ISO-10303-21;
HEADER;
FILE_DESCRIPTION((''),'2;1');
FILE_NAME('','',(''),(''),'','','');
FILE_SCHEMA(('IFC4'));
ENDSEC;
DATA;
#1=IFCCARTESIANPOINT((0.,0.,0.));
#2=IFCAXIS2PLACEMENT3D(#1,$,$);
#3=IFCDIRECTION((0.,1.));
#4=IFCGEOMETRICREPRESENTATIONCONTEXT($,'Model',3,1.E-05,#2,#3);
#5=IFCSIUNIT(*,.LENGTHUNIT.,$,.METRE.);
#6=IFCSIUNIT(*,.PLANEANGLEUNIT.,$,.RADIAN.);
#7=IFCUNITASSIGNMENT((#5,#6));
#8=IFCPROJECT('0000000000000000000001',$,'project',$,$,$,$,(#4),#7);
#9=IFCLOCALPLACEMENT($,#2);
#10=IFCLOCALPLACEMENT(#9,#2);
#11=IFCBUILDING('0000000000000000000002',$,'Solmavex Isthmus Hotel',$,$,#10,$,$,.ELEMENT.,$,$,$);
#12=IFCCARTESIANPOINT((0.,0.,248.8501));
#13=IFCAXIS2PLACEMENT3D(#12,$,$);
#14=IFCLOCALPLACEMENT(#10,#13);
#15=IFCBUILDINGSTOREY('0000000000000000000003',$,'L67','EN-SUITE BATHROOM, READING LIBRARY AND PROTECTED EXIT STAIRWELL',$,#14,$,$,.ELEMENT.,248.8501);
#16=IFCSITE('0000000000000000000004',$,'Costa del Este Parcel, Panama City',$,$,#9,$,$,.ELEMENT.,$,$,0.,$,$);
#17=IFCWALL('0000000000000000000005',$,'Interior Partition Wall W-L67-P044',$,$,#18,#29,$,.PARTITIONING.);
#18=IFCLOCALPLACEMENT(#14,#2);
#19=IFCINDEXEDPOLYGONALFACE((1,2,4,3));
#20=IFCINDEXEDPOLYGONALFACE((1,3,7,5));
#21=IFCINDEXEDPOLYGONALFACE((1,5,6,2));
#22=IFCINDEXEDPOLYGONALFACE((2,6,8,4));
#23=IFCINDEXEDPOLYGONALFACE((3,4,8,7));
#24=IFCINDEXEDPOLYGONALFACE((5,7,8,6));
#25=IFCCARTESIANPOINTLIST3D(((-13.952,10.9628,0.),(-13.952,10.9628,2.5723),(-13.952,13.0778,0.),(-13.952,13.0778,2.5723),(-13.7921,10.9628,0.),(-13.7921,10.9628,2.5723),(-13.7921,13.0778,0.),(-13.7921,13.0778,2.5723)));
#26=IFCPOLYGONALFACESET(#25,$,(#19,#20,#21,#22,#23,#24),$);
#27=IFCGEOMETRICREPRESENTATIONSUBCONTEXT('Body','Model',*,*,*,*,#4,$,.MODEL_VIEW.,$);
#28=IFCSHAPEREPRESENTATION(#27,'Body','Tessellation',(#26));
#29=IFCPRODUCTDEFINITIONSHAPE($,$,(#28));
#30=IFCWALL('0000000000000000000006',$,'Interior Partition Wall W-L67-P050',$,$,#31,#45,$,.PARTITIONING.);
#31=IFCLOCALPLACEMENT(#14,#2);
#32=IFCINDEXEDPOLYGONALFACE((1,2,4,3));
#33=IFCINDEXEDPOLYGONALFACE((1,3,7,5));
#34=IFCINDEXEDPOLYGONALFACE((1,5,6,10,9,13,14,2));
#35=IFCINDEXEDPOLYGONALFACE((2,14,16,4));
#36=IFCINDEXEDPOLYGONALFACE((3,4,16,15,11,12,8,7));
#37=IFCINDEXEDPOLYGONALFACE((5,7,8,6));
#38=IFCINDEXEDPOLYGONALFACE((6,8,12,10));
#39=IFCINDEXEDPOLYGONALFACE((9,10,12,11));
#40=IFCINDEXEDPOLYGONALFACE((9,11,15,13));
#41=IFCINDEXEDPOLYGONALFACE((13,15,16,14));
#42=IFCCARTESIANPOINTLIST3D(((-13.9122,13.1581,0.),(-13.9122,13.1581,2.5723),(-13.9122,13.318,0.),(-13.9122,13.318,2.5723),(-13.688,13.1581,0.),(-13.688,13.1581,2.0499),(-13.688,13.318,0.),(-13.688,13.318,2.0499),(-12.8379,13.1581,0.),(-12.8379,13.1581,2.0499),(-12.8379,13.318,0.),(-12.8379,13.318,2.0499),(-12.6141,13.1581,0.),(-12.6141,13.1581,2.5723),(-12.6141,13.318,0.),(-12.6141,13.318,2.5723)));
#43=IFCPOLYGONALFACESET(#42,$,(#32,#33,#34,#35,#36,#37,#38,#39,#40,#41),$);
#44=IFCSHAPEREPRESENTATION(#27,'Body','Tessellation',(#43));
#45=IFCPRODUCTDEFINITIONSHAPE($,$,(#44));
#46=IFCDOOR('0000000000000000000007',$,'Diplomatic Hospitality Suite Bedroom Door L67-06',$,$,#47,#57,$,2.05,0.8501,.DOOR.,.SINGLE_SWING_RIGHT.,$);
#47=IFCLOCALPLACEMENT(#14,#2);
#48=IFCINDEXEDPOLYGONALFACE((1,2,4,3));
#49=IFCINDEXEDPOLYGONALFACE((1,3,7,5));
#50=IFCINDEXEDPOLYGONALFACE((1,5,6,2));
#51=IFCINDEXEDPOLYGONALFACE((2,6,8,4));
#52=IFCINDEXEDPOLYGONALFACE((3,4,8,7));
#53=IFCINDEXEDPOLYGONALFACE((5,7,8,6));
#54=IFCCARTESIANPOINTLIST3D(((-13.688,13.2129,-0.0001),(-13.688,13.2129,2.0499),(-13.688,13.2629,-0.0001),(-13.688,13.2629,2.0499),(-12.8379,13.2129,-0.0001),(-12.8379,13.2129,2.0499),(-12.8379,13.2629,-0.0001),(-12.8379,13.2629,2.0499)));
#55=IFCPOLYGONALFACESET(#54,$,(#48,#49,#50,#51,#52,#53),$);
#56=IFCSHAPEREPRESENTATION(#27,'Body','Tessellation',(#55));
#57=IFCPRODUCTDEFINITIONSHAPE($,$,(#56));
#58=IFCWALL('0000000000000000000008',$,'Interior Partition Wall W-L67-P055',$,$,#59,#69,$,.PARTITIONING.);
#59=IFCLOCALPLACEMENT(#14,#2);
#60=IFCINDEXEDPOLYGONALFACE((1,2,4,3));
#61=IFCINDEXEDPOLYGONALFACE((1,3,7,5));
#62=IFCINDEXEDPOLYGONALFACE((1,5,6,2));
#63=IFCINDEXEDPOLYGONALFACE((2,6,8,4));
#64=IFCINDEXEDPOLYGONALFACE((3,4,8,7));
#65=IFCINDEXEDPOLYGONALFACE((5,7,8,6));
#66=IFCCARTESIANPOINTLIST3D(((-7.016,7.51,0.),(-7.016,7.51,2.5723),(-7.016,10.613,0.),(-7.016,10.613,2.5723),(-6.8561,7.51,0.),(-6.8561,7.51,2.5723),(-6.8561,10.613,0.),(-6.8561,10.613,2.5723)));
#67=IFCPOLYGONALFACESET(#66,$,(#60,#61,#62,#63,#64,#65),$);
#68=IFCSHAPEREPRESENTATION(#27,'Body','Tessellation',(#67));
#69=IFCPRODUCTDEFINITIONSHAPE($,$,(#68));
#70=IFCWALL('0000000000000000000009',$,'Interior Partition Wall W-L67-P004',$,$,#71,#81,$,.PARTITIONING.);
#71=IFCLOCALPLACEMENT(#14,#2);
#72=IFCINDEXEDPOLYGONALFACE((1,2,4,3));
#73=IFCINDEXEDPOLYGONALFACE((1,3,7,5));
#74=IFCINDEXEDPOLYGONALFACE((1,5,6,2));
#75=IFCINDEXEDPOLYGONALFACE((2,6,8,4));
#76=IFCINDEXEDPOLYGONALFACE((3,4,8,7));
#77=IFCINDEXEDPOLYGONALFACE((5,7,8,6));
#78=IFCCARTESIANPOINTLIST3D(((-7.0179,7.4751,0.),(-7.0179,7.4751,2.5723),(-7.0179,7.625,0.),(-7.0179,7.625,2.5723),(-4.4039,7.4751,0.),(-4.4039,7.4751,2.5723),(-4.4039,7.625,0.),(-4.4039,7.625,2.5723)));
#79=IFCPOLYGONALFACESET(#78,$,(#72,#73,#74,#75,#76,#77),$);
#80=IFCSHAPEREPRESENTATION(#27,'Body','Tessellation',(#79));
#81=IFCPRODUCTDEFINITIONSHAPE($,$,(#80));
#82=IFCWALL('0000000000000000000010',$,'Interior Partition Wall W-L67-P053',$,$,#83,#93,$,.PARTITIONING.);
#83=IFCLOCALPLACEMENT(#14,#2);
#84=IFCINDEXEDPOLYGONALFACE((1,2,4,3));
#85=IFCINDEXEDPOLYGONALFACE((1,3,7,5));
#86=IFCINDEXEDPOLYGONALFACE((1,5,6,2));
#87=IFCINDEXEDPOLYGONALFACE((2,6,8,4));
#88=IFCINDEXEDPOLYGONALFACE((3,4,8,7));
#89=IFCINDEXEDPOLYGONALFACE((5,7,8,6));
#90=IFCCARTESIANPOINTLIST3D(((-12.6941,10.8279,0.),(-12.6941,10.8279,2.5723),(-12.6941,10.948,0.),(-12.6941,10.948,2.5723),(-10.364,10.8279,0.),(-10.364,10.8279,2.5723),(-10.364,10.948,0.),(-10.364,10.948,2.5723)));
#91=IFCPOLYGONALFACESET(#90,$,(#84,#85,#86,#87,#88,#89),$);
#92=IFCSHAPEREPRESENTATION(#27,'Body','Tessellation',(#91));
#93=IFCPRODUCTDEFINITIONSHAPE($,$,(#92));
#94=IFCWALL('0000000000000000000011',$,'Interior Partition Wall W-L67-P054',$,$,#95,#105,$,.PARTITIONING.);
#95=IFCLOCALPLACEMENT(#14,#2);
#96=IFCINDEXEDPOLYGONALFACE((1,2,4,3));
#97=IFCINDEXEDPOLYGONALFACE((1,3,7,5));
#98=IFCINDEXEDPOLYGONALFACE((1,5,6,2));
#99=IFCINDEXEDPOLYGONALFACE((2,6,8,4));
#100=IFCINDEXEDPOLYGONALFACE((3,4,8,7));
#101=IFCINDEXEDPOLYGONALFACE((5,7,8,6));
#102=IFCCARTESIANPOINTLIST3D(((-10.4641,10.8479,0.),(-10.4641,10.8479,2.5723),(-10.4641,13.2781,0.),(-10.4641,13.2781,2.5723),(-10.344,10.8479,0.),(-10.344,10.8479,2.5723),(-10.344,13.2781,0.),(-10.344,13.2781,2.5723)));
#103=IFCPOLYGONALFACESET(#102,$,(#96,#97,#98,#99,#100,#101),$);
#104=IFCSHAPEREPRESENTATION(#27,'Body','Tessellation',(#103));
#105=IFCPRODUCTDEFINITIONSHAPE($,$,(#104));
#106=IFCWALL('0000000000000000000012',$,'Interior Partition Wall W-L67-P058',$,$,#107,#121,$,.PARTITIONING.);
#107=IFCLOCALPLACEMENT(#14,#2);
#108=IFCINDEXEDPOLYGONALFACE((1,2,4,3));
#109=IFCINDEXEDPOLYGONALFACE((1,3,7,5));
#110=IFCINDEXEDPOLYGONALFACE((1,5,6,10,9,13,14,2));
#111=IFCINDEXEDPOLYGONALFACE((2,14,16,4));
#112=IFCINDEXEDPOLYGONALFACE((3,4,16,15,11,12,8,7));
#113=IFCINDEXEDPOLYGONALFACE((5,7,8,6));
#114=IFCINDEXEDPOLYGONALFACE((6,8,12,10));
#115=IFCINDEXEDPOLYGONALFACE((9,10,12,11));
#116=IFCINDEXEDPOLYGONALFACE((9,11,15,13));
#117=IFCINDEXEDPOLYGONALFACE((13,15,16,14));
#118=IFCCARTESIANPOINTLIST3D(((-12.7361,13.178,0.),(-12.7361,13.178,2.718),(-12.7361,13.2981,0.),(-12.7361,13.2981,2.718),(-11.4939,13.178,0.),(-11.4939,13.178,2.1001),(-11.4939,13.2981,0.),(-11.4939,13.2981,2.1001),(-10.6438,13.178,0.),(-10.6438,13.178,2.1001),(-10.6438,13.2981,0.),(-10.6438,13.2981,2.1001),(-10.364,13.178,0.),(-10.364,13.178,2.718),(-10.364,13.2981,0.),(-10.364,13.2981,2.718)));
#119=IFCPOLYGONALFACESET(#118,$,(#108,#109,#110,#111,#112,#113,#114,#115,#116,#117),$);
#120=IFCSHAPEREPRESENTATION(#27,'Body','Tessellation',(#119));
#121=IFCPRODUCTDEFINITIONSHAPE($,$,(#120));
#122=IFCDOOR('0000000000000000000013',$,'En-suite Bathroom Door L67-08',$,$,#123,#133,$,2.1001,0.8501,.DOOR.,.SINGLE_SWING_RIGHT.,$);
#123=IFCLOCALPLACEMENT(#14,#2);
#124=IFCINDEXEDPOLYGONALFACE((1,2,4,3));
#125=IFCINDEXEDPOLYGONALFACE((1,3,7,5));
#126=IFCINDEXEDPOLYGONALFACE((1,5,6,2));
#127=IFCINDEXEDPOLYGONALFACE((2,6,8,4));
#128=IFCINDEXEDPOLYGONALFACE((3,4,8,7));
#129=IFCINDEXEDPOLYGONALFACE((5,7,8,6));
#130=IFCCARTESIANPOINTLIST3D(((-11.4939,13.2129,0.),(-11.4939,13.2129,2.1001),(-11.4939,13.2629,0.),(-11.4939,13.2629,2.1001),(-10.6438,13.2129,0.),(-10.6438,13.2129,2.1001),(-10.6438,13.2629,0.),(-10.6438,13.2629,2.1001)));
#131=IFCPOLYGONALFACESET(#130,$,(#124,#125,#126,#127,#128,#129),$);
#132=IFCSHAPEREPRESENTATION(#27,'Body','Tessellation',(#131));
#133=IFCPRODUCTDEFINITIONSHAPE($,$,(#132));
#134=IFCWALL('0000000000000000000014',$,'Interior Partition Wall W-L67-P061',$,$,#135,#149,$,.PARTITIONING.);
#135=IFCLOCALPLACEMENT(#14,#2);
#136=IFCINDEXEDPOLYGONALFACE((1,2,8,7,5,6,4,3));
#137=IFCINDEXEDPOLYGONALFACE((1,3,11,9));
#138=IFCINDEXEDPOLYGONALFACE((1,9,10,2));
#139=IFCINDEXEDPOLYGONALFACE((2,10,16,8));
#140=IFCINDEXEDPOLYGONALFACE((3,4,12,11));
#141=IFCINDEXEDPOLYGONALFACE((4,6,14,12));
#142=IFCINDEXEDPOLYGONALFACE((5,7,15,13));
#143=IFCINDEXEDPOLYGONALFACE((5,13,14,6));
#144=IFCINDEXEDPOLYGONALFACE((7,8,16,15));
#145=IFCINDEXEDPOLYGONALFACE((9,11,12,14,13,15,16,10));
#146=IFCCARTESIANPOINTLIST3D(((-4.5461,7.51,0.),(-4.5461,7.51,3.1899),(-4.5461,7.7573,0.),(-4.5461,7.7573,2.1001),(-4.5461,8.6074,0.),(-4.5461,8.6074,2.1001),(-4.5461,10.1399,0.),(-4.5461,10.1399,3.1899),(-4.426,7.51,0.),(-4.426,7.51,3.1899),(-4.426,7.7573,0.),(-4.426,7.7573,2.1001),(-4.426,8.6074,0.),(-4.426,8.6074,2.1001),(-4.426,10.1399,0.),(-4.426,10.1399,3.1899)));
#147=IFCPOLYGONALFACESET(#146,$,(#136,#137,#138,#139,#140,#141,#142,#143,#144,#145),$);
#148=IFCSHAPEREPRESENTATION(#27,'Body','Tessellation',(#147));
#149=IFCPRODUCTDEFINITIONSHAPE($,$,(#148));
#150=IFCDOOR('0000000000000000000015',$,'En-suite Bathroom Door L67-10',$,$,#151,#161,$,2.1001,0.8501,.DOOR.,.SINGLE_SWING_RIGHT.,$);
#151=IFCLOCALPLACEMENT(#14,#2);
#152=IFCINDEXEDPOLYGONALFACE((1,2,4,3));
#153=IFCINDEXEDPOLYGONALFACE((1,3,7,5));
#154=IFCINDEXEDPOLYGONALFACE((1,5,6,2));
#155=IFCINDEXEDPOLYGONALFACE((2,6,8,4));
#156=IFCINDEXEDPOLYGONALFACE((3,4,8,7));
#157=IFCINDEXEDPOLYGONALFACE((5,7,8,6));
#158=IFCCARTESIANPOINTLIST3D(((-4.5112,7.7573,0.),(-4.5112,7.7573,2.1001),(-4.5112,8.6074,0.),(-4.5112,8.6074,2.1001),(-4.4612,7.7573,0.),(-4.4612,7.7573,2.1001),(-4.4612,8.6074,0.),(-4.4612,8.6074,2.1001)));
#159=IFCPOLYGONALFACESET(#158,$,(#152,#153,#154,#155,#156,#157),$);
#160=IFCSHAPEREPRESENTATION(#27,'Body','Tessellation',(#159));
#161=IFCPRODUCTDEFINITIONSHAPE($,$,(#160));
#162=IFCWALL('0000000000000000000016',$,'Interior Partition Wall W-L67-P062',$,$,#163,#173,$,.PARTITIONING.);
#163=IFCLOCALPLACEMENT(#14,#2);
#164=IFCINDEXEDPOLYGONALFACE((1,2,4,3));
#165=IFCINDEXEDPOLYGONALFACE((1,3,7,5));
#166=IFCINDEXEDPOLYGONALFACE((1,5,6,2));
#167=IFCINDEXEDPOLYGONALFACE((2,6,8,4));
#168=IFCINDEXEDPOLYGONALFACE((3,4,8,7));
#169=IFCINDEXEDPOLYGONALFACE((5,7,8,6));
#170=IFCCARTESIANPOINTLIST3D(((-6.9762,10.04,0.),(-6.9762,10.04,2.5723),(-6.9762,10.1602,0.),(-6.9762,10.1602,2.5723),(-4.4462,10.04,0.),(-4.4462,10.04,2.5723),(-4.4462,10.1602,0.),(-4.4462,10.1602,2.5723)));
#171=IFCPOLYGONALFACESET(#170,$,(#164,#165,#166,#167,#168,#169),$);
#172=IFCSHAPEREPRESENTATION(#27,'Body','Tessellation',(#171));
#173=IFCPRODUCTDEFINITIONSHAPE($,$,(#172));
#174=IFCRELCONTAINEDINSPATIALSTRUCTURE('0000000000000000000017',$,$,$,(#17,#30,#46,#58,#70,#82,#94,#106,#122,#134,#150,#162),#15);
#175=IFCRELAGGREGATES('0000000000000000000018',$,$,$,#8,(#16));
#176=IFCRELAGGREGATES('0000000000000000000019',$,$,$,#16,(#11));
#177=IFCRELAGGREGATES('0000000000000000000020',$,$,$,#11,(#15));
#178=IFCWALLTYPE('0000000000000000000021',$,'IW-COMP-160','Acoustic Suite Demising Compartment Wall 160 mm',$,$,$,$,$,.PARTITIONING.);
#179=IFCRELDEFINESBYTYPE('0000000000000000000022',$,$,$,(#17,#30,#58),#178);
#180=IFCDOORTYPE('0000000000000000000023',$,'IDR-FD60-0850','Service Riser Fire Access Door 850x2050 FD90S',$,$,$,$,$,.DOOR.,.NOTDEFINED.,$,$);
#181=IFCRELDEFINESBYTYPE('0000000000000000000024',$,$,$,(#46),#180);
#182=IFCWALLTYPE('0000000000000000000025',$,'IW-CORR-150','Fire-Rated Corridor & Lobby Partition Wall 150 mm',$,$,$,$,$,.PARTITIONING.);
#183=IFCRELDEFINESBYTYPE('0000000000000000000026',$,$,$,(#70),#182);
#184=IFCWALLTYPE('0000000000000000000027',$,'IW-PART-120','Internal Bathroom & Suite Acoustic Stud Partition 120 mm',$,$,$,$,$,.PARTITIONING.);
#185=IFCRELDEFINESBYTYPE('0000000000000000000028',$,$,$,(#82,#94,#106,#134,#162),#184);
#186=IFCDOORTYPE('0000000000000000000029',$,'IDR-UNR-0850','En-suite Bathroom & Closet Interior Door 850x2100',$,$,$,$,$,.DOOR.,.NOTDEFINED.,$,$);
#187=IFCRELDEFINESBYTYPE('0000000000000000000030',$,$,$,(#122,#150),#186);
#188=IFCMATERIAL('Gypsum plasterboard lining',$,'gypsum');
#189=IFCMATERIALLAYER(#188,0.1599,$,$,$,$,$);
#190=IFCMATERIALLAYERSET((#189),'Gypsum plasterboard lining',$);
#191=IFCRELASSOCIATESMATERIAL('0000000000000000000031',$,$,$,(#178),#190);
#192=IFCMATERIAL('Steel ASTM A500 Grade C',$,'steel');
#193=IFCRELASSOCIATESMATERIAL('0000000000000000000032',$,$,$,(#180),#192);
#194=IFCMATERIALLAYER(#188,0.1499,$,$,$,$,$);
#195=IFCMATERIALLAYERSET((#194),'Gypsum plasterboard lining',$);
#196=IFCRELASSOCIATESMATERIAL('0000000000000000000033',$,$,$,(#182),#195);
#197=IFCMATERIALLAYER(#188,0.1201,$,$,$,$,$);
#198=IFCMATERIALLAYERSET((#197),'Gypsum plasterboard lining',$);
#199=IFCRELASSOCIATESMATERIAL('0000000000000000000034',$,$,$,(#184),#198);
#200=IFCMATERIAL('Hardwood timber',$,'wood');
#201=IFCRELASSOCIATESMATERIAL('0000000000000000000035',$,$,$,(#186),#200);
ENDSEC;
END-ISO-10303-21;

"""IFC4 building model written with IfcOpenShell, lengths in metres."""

from ifc_helpers import new_model, si_unit, direction, frame, frame_2d, origin, place, context, subcontext, project, spatial, rectangle, extrude, material, layer, layer_set, type_object, element, fill, save


model = new_model("IFC4")

# Units and contexts
model_context = context("Model", 3, precision=1e-05, world=origin(), true_north=direction((0.0, 1.0)))
body_context = subcontext(model_context, "Body", "Model", "MODEL_VIEW")
ifc_project = project(units=[si_unit("LENGTHUNIT", "METRE"), si_unit("PLANEANGLEUNIT", "RADIAN")], contexts=[model_context])

# Site, building, storey
site_placement = place(None, origin())
site = spatial("IfcSite", under=ifc_project, at=site_placement, Name="Costa del Este Parcel, Panama City", CompositionType="ELEMENT", RefElevation=0.0)
building_placement = place(site_placement, origin())
building = spatial("IfcBuilding", under=site, at=building_placement, Name="Solmavex Isthmus Hotel", CompositionType="ELEMENT")
storey_placement = place(building_placement, frame((0.0, 0.0, 248.8501)))
storey = spatial("IfcBuildingStorey", under=building, at=storey_placement, Name="L67", Description="EN-SUITE BATHROOM, READING LIBRARY AND PROTECTED EXIT STAIRWELL", CompositionType="ELEMENT", Elevation=248.8501)

# Wall
ifc_material_1 = material(Name="Gypsum plasterboard lining", Category="gypsum")
ifc_layer_1 = layer(ifc_material_1, 0.1599)
ifc_layer_set_1 = layer_set([ifc_layer_1], Name="Gypsum plasterboard lining")
wall_type_1 = type_object("IfcWallType", Name="IW-COMP-160", Description="Acoustic Suite Demising Compartment Wall 160 mm", PredefinedType="PARTITIONING", material=ifc_layer_set_1)
wall_1_placement = place(storey_placement, frame((-13.8721, 13.0779, 0.0), z_axis=(0.0, 0.0, 1.0), x_axis=(0.0, -1.0, 0.0)))
element("IfcWall", 1, at=wall_1_placement, inside=storey, type_object=wall_type_1, Name="Interior Partition Wall W-L67-P044", PredefinedType="PARTITIONING", context=body_context, shape_type="SweptSolid", body=[
    extrude(rectangle(XDim=2.115, YDim=0.1599, at=frame_2d((1.0576, 0.0))), origin(), (0.0, 0.0, 1.0), 2.5723),
])

# Wall, opening, door
wall_2_placement = place(storey_placement, frame((-13.9121, 13.238, 0.0), z_axis=(0.0, 0.0, 1.0), x_axis=(1.0, 0.0, 0.0)))
wall_2 = element("IfcWall", 2, at=wall_2_placement, inside=storey, type_object=wall_type_1, Name="Interior Partition Wall W-L67-P050", PredefinedType="PARTITIONING", context=body_context, shape_type="SweptSolid", body=[
    extrude(rectangle(XDim=1.2981, YDim=0.1599, at=frame_2d((0.6489, 0.0))), origin(), (0.0, 0.0, 1.0), 2.5723),
])
opening_1_placement = place(wall_2_placement, frame((0.2241, 0.0, 0.0)))
opening_1 = element("IfcOpeningElement", 3, at=opening_1_placement, cuts=wall_2, PredefinedType="OPENING", context=body_context, shape_type="SweptSolid", body=[
    extrude(rectangle(XDim=0.8501, YDim=2.05, at=frame_2d((0.425, 1.0249))), frame((0.0, 0.0898, 0.0), z_axis=(0.0, -1.0, 0.0), x_axis=(1.0, 0.0, 0.0)), (0.0, 0.0, 1.0), 0.1799),
])
ifc_material_2 = material(Name="Steel ASTM A500 Grade C", Category="steel")
door_type_1 = type_object("IfcDoorType", Name="IDR-FD60-0850", Description="Service Riser Fire Access Door 850x2050 FD90S", OperationType="NOTDEFINED", PredefinedType="DOOR", material=ifc_material_2)
door_1_placement = place(opening_1_placement, origin())
door_1 = element("IfcDoor", 4, at=door_1_placement, inside=storey, type_object=door_type_1, Name="Diplomatic Hospitality Suite Bedroom Door L67-06", OperationType="SINGLE_SWING_RIGHT", OverallHeight=2.05, OverallWidth=0.8501, PredefinedType="DOOR", context=body_context, shape_type="SweptSolid", body=[
    extrude(rectangle(XDim=0.8501, YDim=2.05, at=frame_2d((0.425, 1.0249))), frame((0.0, 0.0249, 0.0), z_axis=(0.0, -1.0, 0.0), x_axis=(1.0, 0.0, 0.0)), (0.0, 0.0, 1.0), 0.05),
])
fill(opening_1, door_1)
ifc_material_3 = material(Name="Hardwood timber", Category="wood")

# Wall
wall_3_placement = place(storey_placement, frame((-6.936, 10.613, 0.0), z_axis=(0.0, 0.0, 1.0), x_axis=(0.0, -1.0, 0.0)))
element("IfcWall", 5, at=wall_3_placement, inside=storey, type_object=wall_type_1, Name="Interior Partition Wall W-L67-P055", PredefinedType="PARTITIONING", context=body_context, shape_type="SweptSolid", body=[
    extrude(rectangle(XDim=3.103, YDim=0.1599, at=frame_2d((1.5515, 0.0))), origin(), (0.0, 0.0, 1.0), 2.5723),
])

# Shared definitions
ifc_layer_2 = layer(ifc_material_1, 0.1499)
ifc_layer_set_2 = layer_set([ifc_layer_2], Name="Gypsum plasterboard lining")
wall_type_2 = type_object("IfcWallType", Name="IW-CORR-150", Description="Fire-Rated Corridor & Lobby Partition Wall 150 mm", PredefinedType="PARTITIONING", material=ifc_layer_set_2)

# Walls
wall_4_placement = place(storey_placement, frame((-7.0181, 7.55, 0.0), z_axis=(0.0, 0.0, 1.0), x_axis=(1.0, 0.0, 0.0)))
element("IfcWall", 6, at=wall_4_placement, inside=storey, type_object=wall_type_2, Name="Interior Partition Wall W-L67-P004", PredefinedType="PARTITIONING", context=body_context, shape_type="SweptSolid", body=[
    extrude(rectangle(XDim=2.614, YDim=0.1499, at=frame_2d((1.3071, 0.0))), origin(), (0.0, 0.0, 1.0), 2.5723),
])
ifc_layer_3 = layer(ifc_material_1, 0.1201)
ifc_layer_set_3 = layer_set([ifc_layer_3], Name="Gypsum plasterboard lining")
wall_type_3 = type_object("IfcWallType", Name="IW-PART-120", Description="Internal Bathroom & Suite Acoustic Stud Partition 120 mm", PredefinedType="PARTITIONING", material=ifc_layer_set_3)
wall_5_placement = place(storey_placement, frame((-12.6941, 10.8879, 0.0), z_axis=(0.0, 0.0, 1.0), x_axis=(1.0, 0.0, 0.0)))
element("IfcWall", 7, at=wall_5_placement, inside=storey, type_object=wall_type_3, Name="Interior Partition Wall W-L67-P053", PredefinedType="PARTITIONING", context=body_context, shape_type="SweptSolid", body=[
    extrude(rectangle(XDim=2.3301, YDim=0.1201, at=frame_2d((1.165, 0.0))), origin(), (0.0, 0.0, 1.0), 2.5723),
])
wall_6_placement = place(storey_placement, frame((-10.4041, 10.8479, 0.0), z_axis=(0.0, 0.0, 1.0), x_axis=(0.0, 1.0, 0.0)))
element("IfcWall", 8, at=wall_6_placement, inside=storey, type_object=wall_type_3, Name="Interior Partition Wall W-L67-P054", PredefinedType="PARTITIONING", context=body_context, shape_type="SweptSolid", body=[
    extrude(rectangle(XDim=2.4302, YDim=0.1201, at=frame_2d((1.2151, 0.0))), origin(), (0.0, 0.0, 1.0), 2.5723),
])

# Walls, openings, doors
wall_7_placement = place(storey_placement, frame((-10.364, 13.238, 0.0), z_axis=(0.0, 0.0, 1.0), x_axis=(-1.0, 0.0, 0.0)))
wall_7 = element("IfcWall", 9, at=wall_7_placement, inside=storey, type_object=wall_type_3, Name="Interior Partition Wall W-L67-P058", PredefinedType="PARTITIONING", context=body_context, shape_type="SweptSolid", body=[
    extrude(rectangle(XDim=2.3721, YDim=0.1201, at=frame_2d((1.186, 0.0))), origin(), (0.0, 0.0, 1.0), 2.718),
])
opening_2_placement = place(wall_7_placement, frame((0.2798, 0.0, 0.0)))
opening_2 = element("IfcOpeningElement", 10, at=opening_2_placement, cuts=wall_7, PredefinedType="OPENING", context=body_context, shape_type="SweptSolid", body=[
    extrude(rectangle(XDim=0.8501, YDim=2.1001, at=frame_2d((0.425, 1.05))), frame((0.0, 0.0701, 0.0), z_axis=(0.0, -1.0, 0.0), x_axis=(1.0, 0.0, 0.0)), (0.0, 0.0, 1.0), 0.1401),
])
door_type_2 = type_object("IfcDoorType", Name="IDR-UNR-0850", Description="En-suite Bathroom & Closet Interior Door 850x2100", OperationType="NOTDEFINED", PredefinedType="DOOR", material=ifc_material_3)
door_2_placement = place(opening_2_placement, frame((0.8501, 0.0, 0.0), z_axis=(0.0, 0.0, 1.0), x_axis=(-1.0, 0.0, 0.0)))
door_2 = element("IfcDoor", 11, at=door_2_placement, inside=storey, type_object=door_type_2, Name="En-suite Bathroom Door L67-08", OperationType="SINGLE_SWING_RIGHT", OverallHeight=2.1001, OverallWidth=0.8501, PredefinedType="DOOR", context=body_context, shape_type="SweptSolid", body=[
    extrude(rectangle(XDim=0.8501, YDim=2.1001, at=frame_2d((0.425, 1.05))), frame((0.0, 0.0249, 0.0), z_axis=(0.0, -1.0, 0.0), x_axis=(1.0, 0.0, 0.0)), (0.0, 0.0, 1.0), 0.05),
])
fill(opening_2, door_2)
wall_8_placement = place(storey_placement, frame((-4.4861, 7.51, 0.0), z_axis=(0.0, 0.0, 1.0), x_axis=(0.0, 1.0, 0.0)))
wall_8 = element("IfcWall", 12, at=wall_8_placement, inside=storey, type_object=wall_type_3, Name="Interior Partition Wall W-L67-P061", PredefinedType="PARTITIONING", context=body_context, shape_type="SweptSolid", body=[
    extrude(rectangle(XDim=2.6299, YDim=0.1201, at=frame_2d((1.3149, 0.0))), origin(), (0.0, 0.0, 1.0), 3.1899),
])
opening_3_placement = place(wall_8_placement, frame((0.2473, 0.0, 0.0)))
opening_3 = element("IfcOpeningElement", 13, at=opening_3_placement, cuts=wall_8, PredefinedType="OPENING", context=body_context, shape_type="SweptSolid", body=[
    extrude(rectangle(XDim=0.8501, YDim=2.1001, at=frame_2d((0.425, 1.05))), frame((0.0, 0.0701, 0.0), z_axis=(0.0, -1.0, 0.0), x_axis=(1.0, 0.0, 0.0)), (0.0, 0.0, 1.0), 0.1401),
])
door_3_placement = place(opening_3_placement, frame((0.8501, 0.0, 0.0), z_axis=(0.0, 0.0, 1.0), x_axis=(-1.0, 0.0, 0.0)))
door_3 = element("IfcDoor", 14, at=door_3_placement, inside=storey, type_object=door_type_2, Name="En-suite Bathroom Door L67-10", OperationType="SINGLE_SWING_RIGHT", OverallHeight=2.1001, OverallWidth=0.8501, PredefinedType="DOOR", context=body_context, shape_type="SweptSolid", body=[
    extrude(rectangle(XDim=0.8501, YDim=2.1001, at=frame_2d((0.425, 1.05))), frame((0.0, 0.0249, 0.0), z_axis=(0.0, -1.0, 0.0), x_axis=(1.0, 0.0, 0.0)), (0.0, 0.0, 1.0), 0.05),
])
fill(opening_3, door_3)

# Wall
wall_9_placement = place(storey_placement, frame((-4.446, 10.1001, 0.0), z_axis=(0.0, 0.0, 1.0), x_axis=(-1.0, 0.0, 0.0)))
element("IfcWall", 15, at=wall_9_placement, inside=storey, type_object=wall_type_3, Name="Interior Partition Wall W-L67-P062", PredefinedType="PARTITIONING", context=body_context, shape_type="SweptSolid", body=[
    extrude(rectangle(XDim=2.53, YDim=0.1201, at=frame_2d((1.2651, 0.0))), origin(), (0.0, 0.0, 1.0), 2.5723),
])

save(model, "model.ifc")
